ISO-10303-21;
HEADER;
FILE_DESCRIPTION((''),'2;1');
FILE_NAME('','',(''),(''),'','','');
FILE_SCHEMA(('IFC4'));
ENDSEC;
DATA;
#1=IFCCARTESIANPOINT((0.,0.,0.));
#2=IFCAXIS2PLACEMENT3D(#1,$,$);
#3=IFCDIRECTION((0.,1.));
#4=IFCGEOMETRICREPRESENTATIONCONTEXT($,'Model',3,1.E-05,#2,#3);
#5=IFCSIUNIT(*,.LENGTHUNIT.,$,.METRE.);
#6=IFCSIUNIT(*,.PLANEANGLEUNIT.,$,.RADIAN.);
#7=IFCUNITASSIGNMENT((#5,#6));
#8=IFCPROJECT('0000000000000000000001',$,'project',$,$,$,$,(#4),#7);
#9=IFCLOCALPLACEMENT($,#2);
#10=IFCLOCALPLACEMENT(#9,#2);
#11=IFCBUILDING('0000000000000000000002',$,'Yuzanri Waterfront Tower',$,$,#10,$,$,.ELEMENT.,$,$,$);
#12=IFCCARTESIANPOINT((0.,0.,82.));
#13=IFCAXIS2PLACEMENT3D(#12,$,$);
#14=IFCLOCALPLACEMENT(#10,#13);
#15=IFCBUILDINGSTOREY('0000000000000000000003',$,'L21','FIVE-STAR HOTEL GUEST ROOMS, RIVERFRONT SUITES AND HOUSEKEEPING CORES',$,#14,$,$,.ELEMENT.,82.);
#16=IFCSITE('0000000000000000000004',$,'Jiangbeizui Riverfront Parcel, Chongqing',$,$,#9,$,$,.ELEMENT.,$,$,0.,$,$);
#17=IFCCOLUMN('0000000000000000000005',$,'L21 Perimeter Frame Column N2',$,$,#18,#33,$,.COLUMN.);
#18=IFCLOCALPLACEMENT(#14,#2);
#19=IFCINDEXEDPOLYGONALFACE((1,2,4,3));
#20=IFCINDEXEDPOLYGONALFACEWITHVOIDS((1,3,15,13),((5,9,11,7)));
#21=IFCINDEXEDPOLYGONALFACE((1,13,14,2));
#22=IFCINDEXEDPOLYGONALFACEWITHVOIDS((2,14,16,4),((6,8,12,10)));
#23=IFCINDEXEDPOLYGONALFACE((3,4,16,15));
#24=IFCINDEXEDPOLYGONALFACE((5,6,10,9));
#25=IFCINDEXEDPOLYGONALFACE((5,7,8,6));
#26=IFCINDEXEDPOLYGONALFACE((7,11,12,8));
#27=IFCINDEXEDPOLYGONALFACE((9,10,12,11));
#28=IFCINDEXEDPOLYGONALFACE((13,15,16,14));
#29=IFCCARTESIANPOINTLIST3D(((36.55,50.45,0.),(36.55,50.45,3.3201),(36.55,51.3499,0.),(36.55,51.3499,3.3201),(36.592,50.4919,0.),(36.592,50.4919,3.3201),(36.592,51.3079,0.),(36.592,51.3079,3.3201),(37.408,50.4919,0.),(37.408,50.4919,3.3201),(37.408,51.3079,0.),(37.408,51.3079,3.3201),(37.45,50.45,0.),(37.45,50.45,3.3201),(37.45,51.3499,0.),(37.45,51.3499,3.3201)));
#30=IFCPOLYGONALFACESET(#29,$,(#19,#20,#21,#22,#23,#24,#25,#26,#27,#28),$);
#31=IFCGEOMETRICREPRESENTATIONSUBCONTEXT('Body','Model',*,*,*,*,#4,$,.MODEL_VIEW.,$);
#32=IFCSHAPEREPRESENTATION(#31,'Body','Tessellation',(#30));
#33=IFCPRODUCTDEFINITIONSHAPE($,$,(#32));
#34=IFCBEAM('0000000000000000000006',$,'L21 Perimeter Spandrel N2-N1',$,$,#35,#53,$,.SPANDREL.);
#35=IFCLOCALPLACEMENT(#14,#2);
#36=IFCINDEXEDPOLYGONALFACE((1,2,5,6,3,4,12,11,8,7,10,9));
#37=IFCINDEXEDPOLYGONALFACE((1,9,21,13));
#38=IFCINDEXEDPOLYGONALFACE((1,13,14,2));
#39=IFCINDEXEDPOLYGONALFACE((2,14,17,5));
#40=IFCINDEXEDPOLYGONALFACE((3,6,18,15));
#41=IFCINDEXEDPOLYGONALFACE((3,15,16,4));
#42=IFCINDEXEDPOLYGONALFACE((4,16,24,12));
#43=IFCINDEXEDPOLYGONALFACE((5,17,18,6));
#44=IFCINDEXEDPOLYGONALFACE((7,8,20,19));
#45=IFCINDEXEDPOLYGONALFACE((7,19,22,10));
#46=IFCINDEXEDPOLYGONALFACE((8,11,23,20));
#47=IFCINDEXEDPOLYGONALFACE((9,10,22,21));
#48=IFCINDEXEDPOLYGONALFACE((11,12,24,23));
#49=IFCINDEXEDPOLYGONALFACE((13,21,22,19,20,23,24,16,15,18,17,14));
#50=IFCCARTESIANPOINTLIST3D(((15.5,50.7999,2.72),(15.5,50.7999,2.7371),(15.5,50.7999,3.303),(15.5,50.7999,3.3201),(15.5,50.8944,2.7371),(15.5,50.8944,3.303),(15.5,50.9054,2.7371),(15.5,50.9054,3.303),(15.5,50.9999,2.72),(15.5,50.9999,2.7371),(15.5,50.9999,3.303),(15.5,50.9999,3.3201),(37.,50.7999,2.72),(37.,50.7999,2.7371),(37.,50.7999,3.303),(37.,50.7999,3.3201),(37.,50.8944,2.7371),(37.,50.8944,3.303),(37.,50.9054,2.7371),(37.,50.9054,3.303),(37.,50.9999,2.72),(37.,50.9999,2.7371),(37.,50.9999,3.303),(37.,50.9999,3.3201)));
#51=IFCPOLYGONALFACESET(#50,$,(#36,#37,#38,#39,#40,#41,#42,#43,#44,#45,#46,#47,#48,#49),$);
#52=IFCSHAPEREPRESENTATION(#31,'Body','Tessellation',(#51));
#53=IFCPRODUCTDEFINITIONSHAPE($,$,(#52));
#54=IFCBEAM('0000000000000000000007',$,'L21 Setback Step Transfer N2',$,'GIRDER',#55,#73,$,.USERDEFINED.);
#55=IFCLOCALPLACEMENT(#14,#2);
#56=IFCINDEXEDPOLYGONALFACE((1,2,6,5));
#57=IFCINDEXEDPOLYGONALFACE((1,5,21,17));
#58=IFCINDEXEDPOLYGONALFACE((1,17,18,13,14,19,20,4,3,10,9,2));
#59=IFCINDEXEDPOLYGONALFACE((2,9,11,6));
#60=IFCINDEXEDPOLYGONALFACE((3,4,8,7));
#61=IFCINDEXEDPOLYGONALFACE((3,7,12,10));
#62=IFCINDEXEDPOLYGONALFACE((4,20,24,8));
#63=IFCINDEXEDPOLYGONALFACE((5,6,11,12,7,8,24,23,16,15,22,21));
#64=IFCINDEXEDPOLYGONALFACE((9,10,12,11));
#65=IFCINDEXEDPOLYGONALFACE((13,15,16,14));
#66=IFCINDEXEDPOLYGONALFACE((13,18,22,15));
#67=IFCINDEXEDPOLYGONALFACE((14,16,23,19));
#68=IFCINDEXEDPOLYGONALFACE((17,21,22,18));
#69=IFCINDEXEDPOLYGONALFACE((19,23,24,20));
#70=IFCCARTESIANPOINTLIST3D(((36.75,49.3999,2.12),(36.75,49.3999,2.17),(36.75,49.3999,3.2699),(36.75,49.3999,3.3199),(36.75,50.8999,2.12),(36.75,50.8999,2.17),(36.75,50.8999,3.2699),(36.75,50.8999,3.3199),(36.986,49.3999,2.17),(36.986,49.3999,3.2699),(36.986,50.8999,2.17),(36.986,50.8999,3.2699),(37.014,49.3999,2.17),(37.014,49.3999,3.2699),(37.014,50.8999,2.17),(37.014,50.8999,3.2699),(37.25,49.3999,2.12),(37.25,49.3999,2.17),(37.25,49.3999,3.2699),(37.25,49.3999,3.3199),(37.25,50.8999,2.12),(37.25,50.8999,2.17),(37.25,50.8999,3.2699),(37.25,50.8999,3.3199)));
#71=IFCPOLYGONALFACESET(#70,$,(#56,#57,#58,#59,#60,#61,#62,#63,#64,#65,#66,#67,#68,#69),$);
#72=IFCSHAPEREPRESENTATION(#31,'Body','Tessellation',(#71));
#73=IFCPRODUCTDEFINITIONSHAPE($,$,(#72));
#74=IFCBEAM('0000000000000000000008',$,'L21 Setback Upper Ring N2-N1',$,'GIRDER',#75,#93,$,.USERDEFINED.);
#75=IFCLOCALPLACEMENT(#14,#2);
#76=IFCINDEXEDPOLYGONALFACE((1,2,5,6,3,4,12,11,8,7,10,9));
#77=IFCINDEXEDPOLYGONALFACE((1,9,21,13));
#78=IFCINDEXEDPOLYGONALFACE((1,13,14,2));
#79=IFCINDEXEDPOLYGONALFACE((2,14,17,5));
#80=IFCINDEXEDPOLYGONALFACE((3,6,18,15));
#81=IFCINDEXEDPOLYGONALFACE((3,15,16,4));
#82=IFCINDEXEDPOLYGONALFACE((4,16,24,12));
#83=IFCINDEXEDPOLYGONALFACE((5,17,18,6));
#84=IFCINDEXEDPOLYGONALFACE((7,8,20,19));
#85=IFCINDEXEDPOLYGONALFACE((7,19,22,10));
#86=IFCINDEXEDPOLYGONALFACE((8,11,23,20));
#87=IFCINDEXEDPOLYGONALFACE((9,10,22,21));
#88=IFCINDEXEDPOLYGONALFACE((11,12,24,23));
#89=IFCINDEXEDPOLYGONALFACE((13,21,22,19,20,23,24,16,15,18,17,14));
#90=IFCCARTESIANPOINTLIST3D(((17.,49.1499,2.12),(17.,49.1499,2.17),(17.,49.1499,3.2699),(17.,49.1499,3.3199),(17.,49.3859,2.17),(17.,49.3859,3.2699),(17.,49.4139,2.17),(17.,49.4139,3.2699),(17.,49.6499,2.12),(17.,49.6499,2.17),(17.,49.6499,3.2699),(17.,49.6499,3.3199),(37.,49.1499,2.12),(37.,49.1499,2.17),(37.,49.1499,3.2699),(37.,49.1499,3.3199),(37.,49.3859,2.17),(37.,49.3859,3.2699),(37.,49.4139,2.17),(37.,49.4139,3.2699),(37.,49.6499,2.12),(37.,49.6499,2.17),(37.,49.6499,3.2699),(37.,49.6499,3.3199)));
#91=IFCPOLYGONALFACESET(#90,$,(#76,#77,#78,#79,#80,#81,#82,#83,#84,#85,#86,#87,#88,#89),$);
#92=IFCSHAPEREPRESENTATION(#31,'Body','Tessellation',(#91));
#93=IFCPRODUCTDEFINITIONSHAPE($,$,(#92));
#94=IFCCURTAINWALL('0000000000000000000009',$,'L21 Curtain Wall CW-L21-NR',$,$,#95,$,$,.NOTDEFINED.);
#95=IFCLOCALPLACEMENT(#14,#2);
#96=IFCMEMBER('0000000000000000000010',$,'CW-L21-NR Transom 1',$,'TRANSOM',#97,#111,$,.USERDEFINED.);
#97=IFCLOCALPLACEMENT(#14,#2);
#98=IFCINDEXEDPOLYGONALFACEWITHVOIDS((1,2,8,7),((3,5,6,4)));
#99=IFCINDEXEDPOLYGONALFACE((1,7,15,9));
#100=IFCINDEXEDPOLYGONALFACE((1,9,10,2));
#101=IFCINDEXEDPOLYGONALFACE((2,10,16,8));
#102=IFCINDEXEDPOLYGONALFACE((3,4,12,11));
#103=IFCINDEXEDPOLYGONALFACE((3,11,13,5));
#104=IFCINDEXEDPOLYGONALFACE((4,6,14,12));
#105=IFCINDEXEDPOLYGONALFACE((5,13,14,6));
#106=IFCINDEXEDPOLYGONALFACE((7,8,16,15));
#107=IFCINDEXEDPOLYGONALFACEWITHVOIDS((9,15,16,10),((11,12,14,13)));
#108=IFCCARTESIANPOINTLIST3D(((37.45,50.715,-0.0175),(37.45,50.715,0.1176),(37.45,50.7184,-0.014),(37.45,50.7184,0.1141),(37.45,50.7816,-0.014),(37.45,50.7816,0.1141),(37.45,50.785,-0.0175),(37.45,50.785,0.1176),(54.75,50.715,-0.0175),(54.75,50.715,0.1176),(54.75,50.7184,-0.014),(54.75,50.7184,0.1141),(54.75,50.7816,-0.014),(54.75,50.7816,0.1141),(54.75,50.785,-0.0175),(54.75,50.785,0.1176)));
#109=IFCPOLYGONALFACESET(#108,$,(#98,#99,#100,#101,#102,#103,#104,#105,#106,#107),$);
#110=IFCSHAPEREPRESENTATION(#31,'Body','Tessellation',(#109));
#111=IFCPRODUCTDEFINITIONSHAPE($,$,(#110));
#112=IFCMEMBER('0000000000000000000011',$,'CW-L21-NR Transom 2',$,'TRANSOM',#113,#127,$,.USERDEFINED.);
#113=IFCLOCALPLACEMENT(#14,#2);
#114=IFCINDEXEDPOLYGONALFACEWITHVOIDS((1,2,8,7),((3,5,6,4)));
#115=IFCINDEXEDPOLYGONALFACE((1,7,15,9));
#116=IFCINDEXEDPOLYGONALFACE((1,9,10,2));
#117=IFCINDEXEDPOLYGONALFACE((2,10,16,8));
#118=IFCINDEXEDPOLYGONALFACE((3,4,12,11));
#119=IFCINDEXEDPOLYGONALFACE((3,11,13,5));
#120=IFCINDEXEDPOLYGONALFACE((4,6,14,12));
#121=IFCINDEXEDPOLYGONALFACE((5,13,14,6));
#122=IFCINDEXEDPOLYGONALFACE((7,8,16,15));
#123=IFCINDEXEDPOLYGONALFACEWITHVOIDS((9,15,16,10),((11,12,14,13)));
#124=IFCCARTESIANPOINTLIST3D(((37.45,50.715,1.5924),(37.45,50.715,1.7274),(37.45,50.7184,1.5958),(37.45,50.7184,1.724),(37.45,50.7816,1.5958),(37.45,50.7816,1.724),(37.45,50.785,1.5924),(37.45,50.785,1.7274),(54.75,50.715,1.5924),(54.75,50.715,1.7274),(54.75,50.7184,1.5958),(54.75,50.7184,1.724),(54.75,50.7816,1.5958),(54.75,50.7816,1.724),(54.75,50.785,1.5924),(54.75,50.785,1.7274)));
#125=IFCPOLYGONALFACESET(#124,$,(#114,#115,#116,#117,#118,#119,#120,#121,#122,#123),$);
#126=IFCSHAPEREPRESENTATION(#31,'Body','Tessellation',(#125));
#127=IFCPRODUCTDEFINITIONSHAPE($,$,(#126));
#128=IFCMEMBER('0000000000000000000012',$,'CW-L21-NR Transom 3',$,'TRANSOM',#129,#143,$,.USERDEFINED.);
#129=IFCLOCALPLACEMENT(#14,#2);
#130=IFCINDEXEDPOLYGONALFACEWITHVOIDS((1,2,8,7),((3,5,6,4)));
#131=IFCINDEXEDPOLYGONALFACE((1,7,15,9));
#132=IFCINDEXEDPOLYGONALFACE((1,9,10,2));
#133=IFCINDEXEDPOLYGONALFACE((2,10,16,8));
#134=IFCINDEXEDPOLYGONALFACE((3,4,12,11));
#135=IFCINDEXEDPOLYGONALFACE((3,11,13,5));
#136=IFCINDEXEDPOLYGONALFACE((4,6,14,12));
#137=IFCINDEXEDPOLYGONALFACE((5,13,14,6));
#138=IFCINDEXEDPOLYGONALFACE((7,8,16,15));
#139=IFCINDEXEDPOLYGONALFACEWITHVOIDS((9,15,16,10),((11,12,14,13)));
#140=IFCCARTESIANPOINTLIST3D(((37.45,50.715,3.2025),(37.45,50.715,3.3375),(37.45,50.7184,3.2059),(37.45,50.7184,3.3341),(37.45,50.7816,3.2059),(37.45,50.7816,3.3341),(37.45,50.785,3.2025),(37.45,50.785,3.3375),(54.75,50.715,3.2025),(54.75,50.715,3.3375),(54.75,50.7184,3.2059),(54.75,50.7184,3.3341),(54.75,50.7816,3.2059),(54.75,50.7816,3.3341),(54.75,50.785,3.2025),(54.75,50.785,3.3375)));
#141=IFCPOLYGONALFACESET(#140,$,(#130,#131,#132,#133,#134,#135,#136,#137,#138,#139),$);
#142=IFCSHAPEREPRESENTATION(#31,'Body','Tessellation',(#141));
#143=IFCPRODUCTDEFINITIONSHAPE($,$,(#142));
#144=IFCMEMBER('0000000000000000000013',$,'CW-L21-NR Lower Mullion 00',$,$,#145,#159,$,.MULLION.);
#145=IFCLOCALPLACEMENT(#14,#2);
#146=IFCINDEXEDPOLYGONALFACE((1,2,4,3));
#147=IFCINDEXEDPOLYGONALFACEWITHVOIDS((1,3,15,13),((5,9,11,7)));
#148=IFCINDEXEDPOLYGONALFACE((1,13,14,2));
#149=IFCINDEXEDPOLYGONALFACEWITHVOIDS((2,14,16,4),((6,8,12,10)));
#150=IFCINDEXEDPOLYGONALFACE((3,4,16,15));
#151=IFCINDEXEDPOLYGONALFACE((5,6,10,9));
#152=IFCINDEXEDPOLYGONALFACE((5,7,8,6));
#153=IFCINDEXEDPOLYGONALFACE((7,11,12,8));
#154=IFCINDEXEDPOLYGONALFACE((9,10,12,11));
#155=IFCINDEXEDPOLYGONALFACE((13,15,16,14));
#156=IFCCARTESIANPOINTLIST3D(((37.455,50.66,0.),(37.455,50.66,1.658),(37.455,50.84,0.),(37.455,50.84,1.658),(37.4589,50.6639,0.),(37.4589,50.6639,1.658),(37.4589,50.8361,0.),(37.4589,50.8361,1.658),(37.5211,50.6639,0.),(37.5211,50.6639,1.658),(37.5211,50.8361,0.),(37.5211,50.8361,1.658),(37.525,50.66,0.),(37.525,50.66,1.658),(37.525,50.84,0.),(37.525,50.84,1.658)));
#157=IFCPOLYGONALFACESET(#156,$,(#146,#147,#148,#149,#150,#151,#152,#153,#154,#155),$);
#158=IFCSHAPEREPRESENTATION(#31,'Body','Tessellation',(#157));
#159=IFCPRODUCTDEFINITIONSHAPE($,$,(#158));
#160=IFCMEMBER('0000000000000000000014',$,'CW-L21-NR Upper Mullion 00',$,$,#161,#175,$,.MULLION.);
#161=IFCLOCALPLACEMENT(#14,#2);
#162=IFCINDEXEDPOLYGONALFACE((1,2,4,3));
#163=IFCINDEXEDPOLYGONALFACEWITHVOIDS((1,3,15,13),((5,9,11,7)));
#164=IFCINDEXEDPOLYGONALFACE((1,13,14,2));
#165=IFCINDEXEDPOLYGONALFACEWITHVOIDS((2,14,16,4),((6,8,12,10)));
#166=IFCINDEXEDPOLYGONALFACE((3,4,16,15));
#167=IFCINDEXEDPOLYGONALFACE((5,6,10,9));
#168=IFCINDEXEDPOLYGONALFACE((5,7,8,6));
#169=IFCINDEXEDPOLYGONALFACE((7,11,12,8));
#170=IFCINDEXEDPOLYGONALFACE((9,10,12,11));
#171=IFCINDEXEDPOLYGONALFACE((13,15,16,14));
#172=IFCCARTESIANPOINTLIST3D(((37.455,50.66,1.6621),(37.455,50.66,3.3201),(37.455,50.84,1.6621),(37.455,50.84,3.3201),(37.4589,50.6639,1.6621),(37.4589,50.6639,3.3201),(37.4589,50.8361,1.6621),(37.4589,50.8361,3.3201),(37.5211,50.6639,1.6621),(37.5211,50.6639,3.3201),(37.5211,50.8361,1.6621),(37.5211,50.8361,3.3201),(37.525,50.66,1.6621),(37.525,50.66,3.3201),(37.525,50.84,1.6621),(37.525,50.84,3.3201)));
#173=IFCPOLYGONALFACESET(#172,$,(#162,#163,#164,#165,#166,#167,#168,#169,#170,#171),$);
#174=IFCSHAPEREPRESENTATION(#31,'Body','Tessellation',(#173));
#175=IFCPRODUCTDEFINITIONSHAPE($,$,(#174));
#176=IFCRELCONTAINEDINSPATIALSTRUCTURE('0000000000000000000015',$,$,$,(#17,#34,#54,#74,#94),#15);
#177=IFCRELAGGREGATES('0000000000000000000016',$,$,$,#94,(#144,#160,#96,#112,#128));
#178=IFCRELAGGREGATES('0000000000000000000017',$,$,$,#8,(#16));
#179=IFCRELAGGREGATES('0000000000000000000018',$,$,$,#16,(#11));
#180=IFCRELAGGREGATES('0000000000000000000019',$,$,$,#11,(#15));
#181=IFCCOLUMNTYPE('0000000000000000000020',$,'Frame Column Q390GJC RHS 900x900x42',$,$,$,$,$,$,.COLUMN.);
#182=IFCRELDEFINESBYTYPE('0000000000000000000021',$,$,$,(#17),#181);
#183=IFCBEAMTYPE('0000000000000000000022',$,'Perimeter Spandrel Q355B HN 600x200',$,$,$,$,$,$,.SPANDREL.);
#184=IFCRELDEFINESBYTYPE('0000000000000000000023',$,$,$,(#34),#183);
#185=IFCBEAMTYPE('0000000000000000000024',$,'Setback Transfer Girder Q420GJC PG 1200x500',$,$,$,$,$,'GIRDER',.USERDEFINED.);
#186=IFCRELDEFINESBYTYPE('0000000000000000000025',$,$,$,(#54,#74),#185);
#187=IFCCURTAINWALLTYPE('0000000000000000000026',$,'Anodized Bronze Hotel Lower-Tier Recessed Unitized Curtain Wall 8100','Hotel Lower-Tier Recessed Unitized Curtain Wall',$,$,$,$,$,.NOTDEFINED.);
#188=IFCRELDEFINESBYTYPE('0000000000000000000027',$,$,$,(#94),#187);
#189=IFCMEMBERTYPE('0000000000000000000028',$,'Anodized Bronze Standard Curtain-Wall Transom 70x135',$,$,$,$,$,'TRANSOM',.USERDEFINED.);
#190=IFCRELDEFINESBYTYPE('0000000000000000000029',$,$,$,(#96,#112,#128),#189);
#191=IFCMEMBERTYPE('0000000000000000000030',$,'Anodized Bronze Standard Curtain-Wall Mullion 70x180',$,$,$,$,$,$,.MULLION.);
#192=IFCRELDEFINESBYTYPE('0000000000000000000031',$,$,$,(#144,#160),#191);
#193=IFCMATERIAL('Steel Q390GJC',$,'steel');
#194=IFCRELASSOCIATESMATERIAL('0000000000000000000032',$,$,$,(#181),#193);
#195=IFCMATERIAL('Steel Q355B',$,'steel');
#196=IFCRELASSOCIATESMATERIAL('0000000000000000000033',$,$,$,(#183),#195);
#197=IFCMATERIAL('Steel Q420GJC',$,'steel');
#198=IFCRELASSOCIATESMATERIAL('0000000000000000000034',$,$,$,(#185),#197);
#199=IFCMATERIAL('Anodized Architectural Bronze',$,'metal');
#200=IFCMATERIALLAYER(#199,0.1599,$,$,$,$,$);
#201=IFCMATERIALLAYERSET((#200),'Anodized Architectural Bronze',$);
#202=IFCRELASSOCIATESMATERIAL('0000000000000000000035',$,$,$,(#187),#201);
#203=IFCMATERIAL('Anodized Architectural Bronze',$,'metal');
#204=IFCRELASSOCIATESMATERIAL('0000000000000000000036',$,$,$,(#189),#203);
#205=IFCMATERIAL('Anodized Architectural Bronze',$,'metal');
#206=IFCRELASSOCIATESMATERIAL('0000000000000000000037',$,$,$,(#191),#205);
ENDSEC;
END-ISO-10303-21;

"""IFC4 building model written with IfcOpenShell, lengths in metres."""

from ifc_helpers import new_model, si_unit, direction, frame, origin, origin_2d, place, context, subcontext, project, spatial, hollow_rectangle, i_section, extrude, source, transform, mapped, material, layer, layer_set, material_profile, profile_set, type_object, element, aggregate, save


model = new_model("IFC4")

# Units and contexts
model_context = context("Model", 3, precision=1e-05, world=origin(), true_north=direction((0.0, 1.0)))
body_context = subcontext(model_context, "Body", "Model", "MODEL_VIEW")
ifc_project = project(units=[si_unit("LENGTHUNIT", "METRE"), si_unit("PLANEANGLEUNIT", "RADIAN")], contexts=[model_context])

# Site, building, storey
site_placement = place(None, origin())
site = spatial("IfcSite", under=ifc_project, at=site_placement, Name="Jiangbeizui Riverfront Parcel, Chongqing", CompositionType="ELEMENT", RefElevation=0.0)
building_placement = place(site_placement, origin())
building = spatial("IfcBuilding", under=site, at=building_placement, Name="Yuzanri Waterfront Tower", CompositionType="ELEMENT")
storey_placement = place(building_placement, frame((0.0, 0.0, 82.0)))
storey = spatial("IfcBuildingStorey", under=building, at=storey_placement, Name="L21", Description="FIVE-STAR HOTEL GUEST ROOMS, RIVERFRONT SUITES AND HOUSEKEEPING CORES", CompositionType="ELEMENT", Elevation=82.0)

# Column
ifc_material_1 = material(Name="Steel Q390GJC", Category="steel")
ifc_material_profile_1 = material_profile(ifc_material_1, hollow_rectangle(XDim=0.8999, YDim=0.8999, WallThickness=0.042, at=origin_2d()), Name="RHS 900x900x42")
ifc_profile_set_1 = profile_set([ifc_material_profile_1], Name="Steel Q390GJC")
column_type = type_object("IfcColumnType", Name="Frame Column Q390GJC RHS 900x900x42", PredefinedType="COLUMN", material=ifc_profile_set_1)
shared_shape_1 = source(origin(), body_context, "Body", "SweptSolid", [
    extrude(hollow_rectangle(XDim=0.8999, YDim=0.8999, WallThickness=0.042, at=origin_2d()), origin(), (0.0, 0.0, 1.0), 3.3201),
])
column_placement = place(storey_placement, frame((37.0, 50.8999, 0.0), z_axis=(0.0, 0.0, 1.0), x_axis=(1.0, 0.0, 0.0)))
element("IfcColumn", 1, at=column_placement, inside=storey, type_object=column_type, Name="L21 Perimeter Frame Column N2", PredefinedType="COLUMN", context=body_context, shape_type="MappedRepresentation", body=[
    mapped(shared_shape_1, transform((0.0, 0.0, 0.0), scale=1.0)),
])

# Beams
ifc_material_2 = material(Name="Steel Q355B", Category="steel")
ifc_material_profile_2 = material_profile(ifc_material_2, i_section(OverallWidth=0.2, OverallDepth=0.6001, WebThickness=0.011, FlangeThickness=0.0171, at=origin_2d()), Name="HN 600x200x11x17")
ifc_profile_set_2 = profile_set([ifc_material_profile_2], Name="Steel Q355B")
beam_type_1 = type_object("IfcBeamType", Name="Perimeter Spandrel Q355B HN 600x200", PredefinedType="SPANDREL", material=ifc_profile_set_2)
shared_shape_2 = source(origin(), body_context, "Body", "SweptSolid", [
    extrude(i_section(OverallWidth=0.2, OverallDepth=0.6001, WebThickness=0.011, FlangeThickness=0.0171, at=origin_2d()), origin(), (0.0, 0.0, 1.0), 21.5),
])
beam_1_placement = place(storey_placement, frame((37.0, 50.8999, 3.02), z_axis=(-1.0, 0.0, 0.0), x_axis=(0.0, -1.0, 0.0)))
element("IfcBeam", 2, at=beam_1_placement, inside=storey, type_object=beam_type_1, Name="L21 Perimeter Spandrel N2-N1", PredefinedType="SPANDREL", context=body_context, shape_type="MappedRepresentation", body=[
    mapped(shared_shape_2, transform((0.0, 0.0, 0.0), scale=1.0)),
])
ifc_material_3 = material(Name="Steel Q420GJC", Category="steel")
ifc_material_profile_3 = material_profile(ifc_material_3, i_section(OverallWidth=0.5, OverallDepth=1.2, WebThickness=0.0281, FlangeThickness=0.05, at=origin_2d()), Name="PG 1200x500x28x50")
ifc_profile_set_3 = profile_set([ifc_material_profile_3], Name="Steel Q420GJC")
beam_type_2 = type_object("IfcBeamType", Name="Setback Transfer Girder Q420GJC PG 1200x500", ElementType="GIRDER", PredefinedType="USERDEFINED", material=ifc_profile_set_3)
shared_shape_3 = source(origin(), body_context, "Body", "SweptSolid", [
    extrude(i_section(OverallWidth=0.5, OverallDepth=1.2, WebThickness=0.0281, FlangeThickness=0.05, at=origin_2d()), origin(), (0.0, 0.0, 1.0), 1.5),
])
beam_2_placement = place(storey_placement, frame((37.0, 49.3999, 2.72), z_axis=(0.0, 1.0, 0.0), x_axis=(-1.0, 0.0, 0.0)))
element("IfcBeam", 3, at=beam_2_placement, inside=storey, type_object=beam_type_2, Name="L21 Setback Step Transfer N2", ObjectType="GIRDER", PredefinedType="USERDEFINED", context=body_context, shape_type="MappedRepresentation", body=[
    mapped(shared_shape_3, transform((0.0, 0.0, 0.0), scale=1.0)),
])
shared_shape_4 = source(origin(), body_context, "Body", "SweptSolid", [
    extrude(i_section(OverallWidth=0.5, OverallDepth=1.2, WebThickness=0.0281, FlangeThickness=0.05, at=origin_2d()), origin(), (0.0, 0.0, 1.0), 20.0),
])
beam_3_placement = place(storey_placement, frame((37.0, 49.3999, 2.72), z_axis=(-1.0, 0.0, 0.0), x_axis=(0.0, -1.0, 0.0)))
element("IfcBeam", 4, at=beam_3_placement, inside=storey, type_object=beam_type_2, Name="L21 Setback Upper Ring N2-N1", ObjectType="GIRDER", PredefinedType="USERDEFINED", context=body_context, shape_type="MappedRepresentation", body=[
    mapped(shared_shape_4, transform((0.0, 0.0, 0.0), scale=1.0)),
])

# Curtain wall, members
ifc_material_4 = material(Name="Anodized Architectural Bronze", Category="metal")
ifc_layer_1 = layer(ifc_material_4, 0.1599)
ifc_layer_set_1 = layer_set([ifc_layer_1], Name="Anodized Architectural Bronze")
curtain_wall_type = type_object("IfcCurtainWallType", Name="Anodized Bronze Hotel Lower-Tier Recessed Unitized Curtain Wall 8100", Description="Hotel Lower-Tier Recessed Unitized Curtain Wall", PredefinedType="NOTDEFINED", material=ifc_layer_set_1)
curtain_wall_placement = place(storey_placement, origin())
curtain_wall = element("IfcCurtainWall", 5, at=curtain_wall_placement, inside=storey, type_object=curtain_wall_type, Name="L21 Curtain Wall CW-L21-NR", PredefinedType="NOTDEFINED")
ifc_material_5 = material(Name="Anodized Architectural Bronze", Category="metal")
ifc_material_profile_4 = material_profile(ifc_material_5, hollow_rectangle(XDim=0.0701, YDim=0.135, WallThickness=0.0034, at=origin_2d()), Name="CWT 70x135")
ifc_profile_set_4 = profile_set([ifc_material_profile_4], Name="Anodized Architectural Bronze")
member_type_1 = type_object("IfcMemberType", Name="Anodized Bronze Standard Curtain-Wall Transom 70x135", ElementType="TRANSOM", PredefinedType="USERDEFINED", material=ifc_profile_set_4)
shared_shape_5 = source(origin(), body_context, "Body", "SweptSolid", [
    extrude(hollow_rectangle(XDim=0.0701, YDim=0.135, WallThickness=0.0034, at=origin_2d()), origin(), (0.0, 0.0, 1.0), 17.3),
])
member_1_placement = place(storey_placement, frame((37.45, 50.75, 0.05), z_axis=(1.0, 0.0, 0.0), x_axis=(0.0, 1.0, 0.0)))
member_1 = element("IfcMember", 6, at=member_1_placement, type_object=member_type_1, Name="CW-L21-NR Transom 1", ObjectType="TRANSOM", PredefinedType="USERDEFINED", context=body_context, shape_type="MappedRepresentation", body=[
    mapped(shared_shape_5, transform((0.0, 0.0, 0.0), scale=1.0)),
])
member_2_placement = place(storey_placement, frame((37.45, 50.75, 1.6599), z_axis=(1.0, 0.0, 0.0), x_axis=(0.0, 1.0, 0.0)))
member_2 = element("IfcMember", 7, at=member_2_placement, type_object=member_type_1, Name="CW-L21-NR Transom 2", ObjectType="TRANSOM", PredefinedType="USERDEFINED", context=body_context, shape_type="MappedRepresentation", body=[
    mapped(shared_shape_5, transform((0.0, 0.0, 0.0), scale=1.0)),
])
member_3_placement = place(storey_placement, frame((37.45, 50.75, 3.27), z_axis=(1.0, 0.0, 0.0), x_axis=(0.0, 1.0, 0.0)))
member_3 = element("IfcMember", 8, at=member_3_placement, type_object=member_type_1, Name="CW-L21-NR Transom 3", ObjectType="TRANSOM", PredefinedType="USERDEFINED", context=body_context, shape_type="MappedRepresentation", body=[
    mapped(shared_shape_5, transform((0.0, 0.0, 0.0), scale=1.0)),
])
ifc_material_6 = material(Name="Anodized Architectural Bronze", Category="metal")
ifc_material_profile_5 = material_profile(ifc_material_6, hollow_rectangle(XDim=0.0701, YDim=0.1799, WallThickness=0.0039, at=origin_2d()), Name="CWM 70x180")
ifc_profile_set_5 = profile_set([ifc_material_profile_5], Name="Anodized Architectural Bronze")
member_type_2 = type_object("IfcMemberType", Name="Anodized Bronze Standard Curtain-Wall Mullion 70x180", PredefinedType="MULLION", material=ifc_profile_set_5)
shared_shape_6 = source(origin(), body_context, "Body", "SweptSolid", [
    extrude(hollow_rectangle(XDim=0.0701, YDim=0.1799, WallThickness=0.0039, at=origin_2d()), origin(), (0.0, 0.0, 1.0), 1.658),
])
member_4_placement = place(storey_placement, frame((37.49, 50.75, 0.0), z_axis=(0.0, 0.0, 1.0), x_axis=(1.0, 0.0, 0.0)))
member_4 = element("IfcMember", 9, at=member_4_placement, type_object=member_type_2, Name="CW-L21-NR Lower Mullion 00", PredefinedType="MULLION", context=body_context, shape_type="MappedRepresentation", body=[
    mapped(shared_shape_6, transform((0.0, 0.0, 0.0), scale=1.0)),
])
member_5_placement = place(storey_placement, frame((37.49, 50.75, 1.6621), z_axis=(0.0, 0.0, 1.0), x_axis=(1.0, 0.0, 0.0)))
member_5 = element("IfcMember", 10, at=member_5_placement, type_object=member_type_2, Name="CW-L21-NR Upper Mullion 00", PredefinedType="MULLION", context=body_context, shape_type="MappedRepresentation", body=[
    mapped(shared_shape_6, transform((0.0, 0.0, 0.0), scale=1.0)),
])

aggregate(curtain_wall, [member_4, member_5, member_1, member_2, member_3])

save(model, "model.ifc")
